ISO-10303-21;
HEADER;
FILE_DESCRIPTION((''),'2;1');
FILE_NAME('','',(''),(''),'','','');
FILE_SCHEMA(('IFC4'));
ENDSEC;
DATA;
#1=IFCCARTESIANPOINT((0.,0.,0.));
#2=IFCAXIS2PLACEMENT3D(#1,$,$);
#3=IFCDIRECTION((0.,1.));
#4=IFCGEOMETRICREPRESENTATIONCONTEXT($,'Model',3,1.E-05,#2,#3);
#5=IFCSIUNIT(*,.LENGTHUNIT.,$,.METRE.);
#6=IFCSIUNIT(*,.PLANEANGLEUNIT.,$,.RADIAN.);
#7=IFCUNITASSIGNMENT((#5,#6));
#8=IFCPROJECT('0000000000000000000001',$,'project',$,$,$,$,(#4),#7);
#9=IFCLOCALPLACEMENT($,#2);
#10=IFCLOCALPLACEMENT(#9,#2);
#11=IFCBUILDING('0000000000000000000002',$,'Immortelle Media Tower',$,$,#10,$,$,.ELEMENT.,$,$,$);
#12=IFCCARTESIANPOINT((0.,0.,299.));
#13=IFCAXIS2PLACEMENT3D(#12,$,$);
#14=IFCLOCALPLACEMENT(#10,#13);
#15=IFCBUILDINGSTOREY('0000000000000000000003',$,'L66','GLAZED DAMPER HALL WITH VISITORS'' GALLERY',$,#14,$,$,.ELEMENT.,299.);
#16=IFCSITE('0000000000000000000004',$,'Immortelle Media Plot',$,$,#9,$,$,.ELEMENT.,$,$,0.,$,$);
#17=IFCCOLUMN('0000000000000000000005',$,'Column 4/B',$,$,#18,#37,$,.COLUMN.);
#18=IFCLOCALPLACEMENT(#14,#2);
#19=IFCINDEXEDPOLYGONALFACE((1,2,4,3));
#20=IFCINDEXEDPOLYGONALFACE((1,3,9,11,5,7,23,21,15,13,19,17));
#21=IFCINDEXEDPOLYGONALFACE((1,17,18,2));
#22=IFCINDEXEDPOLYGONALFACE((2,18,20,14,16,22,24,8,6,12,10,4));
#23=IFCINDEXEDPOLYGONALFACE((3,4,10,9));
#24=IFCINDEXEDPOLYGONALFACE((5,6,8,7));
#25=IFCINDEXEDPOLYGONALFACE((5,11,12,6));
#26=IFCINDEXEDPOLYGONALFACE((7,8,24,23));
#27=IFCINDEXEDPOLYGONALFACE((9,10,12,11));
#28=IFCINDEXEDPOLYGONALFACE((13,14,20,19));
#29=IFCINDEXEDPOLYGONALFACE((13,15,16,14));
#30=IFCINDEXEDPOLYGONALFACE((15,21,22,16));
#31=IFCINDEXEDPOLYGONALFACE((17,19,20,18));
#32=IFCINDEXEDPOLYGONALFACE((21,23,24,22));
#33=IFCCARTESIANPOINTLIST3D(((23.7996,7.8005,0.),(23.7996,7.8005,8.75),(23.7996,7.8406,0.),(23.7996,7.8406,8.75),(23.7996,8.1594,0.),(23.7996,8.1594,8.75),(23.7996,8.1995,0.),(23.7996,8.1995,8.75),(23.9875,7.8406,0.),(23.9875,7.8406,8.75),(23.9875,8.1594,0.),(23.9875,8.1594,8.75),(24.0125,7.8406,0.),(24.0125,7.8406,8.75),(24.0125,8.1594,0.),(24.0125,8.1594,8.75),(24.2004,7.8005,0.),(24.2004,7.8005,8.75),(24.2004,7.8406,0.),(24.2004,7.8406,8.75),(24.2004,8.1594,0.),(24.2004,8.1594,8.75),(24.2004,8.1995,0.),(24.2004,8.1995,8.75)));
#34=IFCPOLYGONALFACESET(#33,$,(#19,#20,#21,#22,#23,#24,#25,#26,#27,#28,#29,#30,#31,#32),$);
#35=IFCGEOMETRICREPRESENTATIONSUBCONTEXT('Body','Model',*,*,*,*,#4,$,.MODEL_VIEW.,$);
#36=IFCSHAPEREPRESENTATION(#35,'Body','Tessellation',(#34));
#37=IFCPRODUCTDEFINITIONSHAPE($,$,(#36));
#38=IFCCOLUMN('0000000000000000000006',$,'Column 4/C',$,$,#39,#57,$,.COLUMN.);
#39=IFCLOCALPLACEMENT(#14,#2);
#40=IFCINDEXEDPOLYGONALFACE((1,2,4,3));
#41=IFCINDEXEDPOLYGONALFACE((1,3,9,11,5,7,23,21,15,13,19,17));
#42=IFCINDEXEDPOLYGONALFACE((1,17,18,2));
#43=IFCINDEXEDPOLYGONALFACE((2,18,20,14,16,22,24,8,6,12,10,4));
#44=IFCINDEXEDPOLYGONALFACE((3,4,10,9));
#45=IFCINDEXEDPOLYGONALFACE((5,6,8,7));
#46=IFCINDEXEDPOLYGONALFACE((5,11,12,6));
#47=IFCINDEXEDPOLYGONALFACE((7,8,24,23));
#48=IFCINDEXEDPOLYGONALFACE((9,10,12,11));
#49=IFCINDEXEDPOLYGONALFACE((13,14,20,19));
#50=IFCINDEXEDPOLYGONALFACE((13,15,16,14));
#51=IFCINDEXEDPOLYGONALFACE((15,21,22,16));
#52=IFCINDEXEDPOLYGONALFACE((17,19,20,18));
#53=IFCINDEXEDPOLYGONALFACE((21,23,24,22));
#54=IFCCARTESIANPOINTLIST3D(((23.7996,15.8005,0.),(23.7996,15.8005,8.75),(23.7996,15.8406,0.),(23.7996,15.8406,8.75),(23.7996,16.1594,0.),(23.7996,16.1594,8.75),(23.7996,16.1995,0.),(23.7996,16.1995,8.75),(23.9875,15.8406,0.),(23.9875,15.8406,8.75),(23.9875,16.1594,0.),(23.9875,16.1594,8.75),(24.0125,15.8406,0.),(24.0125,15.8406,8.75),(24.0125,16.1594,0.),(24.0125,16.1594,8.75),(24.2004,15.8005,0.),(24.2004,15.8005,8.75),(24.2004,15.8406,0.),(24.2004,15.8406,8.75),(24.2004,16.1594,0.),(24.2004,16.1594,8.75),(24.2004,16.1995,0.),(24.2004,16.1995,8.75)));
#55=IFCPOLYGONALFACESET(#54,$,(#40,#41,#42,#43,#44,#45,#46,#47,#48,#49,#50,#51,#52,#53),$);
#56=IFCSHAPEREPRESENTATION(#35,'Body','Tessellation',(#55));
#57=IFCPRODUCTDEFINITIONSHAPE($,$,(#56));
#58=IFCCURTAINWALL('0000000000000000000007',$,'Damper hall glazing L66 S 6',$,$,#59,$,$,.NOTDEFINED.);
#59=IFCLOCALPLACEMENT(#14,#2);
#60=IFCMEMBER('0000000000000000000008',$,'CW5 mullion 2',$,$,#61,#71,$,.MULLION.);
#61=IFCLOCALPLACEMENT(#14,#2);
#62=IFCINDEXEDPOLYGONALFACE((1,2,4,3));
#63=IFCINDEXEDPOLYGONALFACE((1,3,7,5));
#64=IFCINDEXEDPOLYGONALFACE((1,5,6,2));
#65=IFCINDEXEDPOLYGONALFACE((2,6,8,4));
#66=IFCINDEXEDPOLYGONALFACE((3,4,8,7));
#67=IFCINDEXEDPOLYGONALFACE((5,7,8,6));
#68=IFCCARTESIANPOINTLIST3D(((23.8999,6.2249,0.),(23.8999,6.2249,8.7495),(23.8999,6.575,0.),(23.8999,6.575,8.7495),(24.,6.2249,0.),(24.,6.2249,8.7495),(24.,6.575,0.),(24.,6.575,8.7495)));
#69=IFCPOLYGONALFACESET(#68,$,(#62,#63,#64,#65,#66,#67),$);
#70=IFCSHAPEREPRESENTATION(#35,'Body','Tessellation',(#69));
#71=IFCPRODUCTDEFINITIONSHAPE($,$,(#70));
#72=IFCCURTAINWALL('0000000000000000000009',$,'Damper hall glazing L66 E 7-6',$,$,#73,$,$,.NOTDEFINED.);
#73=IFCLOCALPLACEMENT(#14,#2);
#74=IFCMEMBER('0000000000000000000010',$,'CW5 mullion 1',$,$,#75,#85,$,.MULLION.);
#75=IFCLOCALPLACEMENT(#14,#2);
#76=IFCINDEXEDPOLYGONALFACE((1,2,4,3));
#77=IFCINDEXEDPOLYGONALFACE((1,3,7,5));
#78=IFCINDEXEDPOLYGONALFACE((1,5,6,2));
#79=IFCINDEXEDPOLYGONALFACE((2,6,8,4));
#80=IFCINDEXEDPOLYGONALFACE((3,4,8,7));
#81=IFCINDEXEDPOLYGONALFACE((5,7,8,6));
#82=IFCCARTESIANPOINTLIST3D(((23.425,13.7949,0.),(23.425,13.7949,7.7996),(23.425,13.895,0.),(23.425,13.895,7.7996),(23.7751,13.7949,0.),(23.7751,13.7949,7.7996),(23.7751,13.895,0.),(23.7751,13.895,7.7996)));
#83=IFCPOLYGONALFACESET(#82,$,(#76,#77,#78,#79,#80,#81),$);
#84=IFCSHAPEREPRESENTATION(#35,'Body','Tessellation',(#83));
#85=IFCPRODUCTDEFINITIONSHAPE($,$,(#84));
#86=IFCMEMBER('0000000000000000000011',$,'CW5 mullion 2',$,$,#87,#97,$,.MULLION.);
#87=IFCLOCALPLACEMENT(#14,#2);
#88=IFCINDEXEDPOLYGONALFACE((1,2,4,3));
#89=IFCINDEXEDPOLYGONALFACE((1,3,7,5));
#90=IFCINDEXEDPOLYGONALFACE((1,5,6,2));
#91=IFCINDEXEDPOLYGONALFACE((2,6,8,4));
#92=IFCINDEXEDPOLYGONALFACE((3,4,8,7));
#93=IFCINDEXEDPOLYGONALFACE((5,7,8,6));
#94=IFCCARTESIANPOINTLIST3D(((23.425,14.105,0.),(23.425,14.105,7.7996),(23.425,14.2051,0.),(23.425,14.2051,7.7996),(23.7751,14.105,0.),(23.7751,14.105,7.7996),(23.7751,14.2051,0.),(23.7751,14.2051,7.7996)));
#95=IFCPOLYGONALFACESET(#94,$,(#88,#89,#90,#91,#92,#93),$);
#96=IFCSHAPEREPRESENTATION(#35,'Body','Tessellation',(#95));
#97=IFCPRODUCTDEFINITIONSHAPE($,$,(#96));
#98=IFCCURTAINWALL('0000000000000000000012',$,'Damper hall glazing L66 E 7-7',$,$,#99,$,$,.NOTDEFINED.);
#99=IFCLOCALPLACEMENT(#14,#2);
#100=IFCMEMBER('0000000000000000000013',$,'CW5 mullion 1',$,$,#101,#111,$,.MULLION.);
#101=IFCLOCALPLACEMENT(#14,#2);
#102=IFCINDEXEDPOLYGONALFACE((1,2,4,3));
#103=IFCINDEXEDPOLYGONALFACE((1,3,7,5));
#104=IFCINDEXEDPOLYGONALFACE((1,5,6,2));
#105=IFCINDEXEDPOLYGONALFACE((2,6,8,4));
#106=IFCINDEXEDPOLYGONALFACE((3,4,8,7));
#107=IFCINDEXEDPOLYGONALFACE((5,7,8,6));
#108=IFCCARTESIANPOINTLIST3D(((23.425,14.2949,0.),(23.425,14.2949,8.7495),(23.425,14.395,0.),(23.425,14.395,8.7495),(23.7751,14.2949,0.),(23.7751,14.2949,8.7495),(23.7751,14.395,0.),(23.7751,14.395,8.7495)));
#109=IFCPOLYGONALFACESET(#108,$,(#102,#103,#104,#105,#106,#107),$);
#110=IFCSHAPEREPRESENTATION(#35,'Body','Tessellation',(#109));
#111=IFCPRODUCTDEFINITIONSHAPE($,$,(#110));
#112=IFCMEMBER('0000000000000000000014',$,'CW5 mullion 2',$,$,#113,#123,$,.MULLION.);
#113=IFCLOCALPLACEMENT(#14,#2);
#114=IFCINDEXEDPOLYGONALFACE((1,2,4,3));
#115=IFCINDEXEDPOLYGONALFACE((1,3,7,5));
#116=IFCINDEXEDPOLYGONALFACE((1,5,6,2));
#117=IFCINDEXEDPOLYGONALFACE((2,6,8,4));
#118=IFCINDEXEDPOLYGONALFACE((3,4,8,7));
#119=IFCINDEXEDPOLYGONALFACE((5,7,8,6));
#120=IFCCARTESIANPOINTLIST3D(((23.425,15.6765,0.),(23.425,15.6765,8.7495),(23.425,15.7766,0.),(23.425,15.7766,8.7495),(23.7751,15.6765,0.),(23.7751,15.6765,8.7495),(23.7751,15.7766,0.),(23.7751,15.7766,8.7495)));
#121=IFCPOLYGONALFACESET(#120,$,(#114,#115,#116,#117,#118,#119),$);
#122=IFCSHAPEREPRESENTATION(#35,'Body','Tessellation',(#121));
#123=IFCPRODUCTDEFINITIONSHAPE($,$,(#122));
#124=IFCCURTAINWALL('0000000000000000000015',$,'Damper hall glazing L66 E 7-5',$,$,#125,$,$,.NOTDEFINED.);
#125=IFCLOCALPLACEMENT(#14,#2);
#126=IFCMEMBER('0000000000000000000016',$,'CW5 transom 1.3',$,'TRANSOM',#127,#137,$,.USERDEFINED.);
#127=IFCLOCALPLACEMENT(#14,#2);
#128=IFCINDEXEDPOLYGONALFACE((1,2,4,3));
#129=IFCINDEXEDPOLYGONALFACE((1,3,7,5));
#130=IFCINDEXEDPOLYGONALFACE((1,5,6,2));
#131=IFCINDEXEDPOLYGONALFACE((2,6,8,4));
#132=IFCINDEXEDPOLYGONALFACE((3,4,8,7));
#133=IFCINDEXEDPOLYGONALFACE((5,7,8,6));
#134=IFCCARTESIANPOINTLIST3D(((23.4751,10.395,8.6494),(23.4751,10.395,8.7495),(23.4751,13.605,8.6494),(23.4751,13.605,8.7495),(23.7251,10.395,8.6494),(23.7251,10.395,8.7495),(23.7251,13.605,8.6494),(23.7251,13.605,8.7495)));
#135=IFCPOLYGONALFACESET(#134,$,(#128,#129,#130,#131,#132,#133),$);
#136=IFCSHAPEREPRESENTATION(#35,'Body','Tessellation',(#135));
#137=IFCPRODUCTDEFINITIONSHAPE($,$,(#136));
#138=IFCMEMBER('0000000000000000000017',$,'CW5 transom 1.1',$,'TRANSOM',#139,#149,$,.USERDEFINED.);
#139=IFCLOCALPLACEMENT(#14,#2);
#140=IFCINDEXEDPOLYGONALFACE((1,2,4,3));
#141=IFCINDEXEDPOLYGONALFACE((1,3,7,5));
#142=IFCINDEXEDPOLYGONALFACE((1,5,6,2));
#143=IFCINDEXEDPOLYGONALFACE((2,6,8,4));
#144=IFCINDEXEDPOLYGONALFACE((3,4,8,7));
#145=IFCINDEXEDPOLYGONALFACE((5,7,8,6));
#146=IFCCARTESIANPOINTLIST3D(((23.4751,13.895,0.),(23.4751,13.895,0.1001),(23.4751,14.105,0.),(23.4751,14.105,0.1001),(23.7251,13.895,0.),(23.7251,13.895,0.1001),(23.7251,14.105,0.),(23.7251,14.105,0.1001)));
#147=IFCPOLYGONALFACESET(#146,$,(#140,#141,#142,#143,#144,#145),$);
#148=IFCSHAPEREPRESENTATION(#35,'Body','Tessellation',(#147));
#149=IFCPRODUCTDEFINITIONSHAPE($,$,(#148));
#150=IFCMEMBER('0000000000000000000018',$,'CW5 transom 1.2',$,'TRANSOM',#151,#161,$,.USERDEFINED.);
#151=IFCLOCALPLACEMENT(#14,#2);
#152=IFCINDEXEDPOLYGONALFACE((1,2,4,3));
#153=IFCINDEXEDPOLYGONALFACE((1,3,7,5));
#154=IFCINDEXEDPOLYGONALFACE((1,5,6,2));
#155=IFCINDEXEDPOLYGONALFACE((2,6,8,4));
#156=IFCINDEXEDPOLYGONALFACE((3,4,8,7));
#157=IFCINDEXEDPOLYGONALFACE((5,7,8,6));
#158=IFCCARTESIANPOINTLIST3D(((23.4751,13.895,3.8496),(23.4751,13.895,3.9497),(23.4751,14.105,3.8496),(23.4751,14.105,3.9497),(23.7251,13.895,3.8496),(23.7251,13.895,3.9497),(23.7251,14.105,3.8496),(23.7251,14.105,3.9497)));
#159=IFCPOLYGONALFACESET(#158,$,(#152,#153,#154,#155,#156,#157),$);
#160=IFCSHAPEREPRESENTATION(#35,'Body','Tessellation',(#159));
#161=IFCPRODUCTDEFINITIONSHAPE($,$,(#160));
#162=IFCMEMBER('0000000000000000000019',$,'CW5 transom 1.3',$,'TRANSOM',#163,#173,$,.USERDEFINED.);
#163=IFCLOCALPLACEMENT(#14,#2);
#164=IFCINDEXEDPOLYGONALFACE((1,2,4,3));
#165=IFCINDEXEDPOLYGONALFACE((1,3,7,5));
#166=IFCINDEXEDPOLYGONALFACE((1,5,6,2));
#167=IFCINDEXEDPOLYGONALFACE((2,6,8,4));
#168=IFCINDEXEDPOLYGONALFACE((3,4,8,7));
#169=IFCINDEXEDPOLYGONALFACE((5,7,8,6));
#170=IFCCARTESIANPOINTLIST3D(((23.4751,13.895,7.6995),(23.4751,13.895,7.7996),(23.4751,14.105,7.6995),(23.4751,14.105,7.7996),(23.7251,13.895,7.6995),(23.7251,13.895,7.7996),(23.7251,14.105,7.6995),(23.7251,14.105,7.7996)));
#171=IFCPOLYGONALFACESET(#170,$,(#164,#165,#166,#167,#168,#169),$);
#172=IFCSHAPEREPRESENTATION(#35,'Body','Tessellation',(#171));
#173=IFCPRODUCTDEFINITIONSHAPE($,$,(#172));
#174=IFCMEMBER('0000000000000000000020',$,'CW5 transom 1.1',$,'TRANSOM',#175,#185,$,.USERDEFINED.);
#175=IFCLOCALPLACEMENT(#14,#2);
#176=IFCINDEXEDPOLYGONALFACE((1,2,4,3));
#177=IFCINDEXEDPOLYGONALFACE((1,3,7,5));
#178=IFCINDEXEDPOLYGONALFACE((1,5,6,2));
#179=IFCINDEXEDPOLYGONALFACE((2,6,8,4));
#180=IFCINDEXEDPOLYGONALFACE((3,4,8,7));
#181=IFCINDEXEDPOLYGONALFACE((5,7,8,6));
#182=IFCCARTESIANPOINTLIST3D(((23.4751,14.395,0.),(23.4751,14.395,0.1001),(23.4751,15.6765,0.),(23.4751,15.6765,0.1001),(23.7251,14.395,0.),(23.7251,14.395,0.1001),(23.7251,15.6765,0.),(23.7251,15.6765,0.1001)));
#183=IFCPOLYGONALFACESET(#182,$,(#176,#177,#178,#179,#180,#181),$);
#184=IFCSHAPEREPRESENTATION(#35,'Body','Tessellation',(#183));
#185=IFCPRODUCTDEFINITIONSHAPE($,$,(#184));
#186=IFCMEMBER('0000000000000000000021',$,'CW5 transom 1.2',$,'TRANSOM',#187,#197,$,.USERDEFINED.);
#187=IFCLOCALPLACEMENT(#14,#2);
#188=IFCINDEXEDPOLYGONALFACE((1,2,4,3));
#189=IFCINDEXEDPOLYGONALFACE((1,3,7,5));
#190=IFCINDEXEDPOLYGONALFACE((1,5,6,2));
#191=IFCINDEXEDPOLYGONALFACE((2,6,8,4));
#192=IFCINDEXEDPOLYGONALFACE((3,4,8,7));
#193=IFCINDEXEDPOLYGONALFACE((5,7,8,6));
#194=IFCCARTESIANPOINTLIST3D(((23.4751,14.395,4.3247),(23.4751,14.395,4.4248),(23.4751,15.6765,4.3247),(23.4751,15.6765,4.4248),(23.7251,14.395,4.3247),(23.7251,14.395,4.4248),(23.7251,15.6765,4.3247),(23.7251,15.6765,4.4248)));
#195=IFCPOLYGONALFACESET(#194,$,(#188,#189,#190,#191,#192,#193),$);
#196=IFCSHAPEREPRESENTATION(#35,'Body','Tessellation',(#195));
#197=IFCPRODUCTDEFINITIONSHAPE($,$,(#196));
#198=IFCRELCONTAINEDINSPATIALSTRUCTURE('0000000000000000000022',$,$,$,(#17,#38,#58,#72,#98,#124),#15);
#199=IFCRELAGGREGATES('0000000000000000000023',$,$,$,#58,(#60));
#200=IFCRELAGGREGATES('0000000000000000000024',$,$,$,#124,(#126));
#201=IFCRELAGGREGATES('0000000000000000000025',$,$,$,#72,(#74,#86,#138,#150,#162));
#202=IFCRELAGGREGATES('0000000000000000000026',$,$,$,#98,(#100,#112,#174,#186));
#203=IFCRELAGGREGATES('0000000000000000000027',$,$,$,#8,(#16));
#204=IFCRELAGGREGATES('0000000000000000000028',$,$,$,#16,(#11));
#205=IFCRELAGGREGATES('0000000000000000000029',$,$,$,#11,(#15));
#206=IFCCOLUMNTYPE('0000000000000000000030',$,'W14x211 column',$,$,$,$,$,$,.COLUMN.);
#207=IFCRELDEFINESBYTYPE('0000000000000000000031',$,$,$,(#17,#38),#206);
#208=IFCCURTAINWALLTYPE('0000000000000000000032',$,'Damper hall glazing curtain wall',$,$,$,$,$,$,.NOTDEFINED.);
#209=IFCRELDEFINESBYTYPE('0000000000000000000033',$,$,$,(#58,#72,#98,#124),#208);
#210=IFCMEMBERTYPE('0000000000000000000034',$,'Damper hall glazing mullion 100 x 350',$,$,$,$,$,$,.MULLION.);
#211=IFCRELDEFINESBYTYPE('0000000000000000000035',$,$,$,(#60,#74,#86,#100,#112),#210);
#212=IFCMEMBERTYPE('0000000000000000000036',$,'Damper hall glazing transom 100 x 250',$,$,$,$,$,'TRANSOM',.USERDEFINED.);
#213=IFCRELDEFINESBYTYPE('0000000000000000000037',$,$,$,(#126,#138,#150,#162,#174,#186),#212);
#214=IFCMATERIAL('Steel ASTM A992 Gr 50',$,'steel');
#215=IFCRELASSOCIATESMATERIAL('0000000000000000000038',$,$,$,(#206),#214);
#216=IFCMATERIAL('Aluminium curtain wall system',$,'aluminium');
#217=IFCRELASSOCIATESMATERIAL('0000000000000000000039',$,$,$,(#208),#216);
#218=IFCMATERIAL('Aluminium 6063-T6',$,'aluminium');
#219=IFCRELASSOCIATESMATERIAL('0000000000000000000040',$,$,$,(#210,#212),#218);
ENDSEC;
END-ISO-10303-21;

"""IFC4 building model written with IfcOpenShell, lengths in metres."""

from ifc_helpers import new_model, si_unit, direction, frame, origin, origin_2d, place, context, subcontext, project, spatial, rectangle, i_section, extrude, material, material_profile, profile_set, type_object, element, aggregate, save


model = new_model("IFC4")

# Units and contexts
model_context = context("Model", 3, precision=1e-05, world=origin(), true_north=direction((0.0, 1.0)))
body_context = subcontext(model_context, "Body", "Model", "MODEL_VIEW")
ifc_project = project(units=[si_unit("LENGTHUNIT", "METRE"), si_unit("PLANEANGLEUNIT", "RADIAN")], contexts=[model_context])

# Site, building, storey
site_placement = place(None, origin())
site = spatial("IfcSite", under=ifc_project, at=site_placement, Name="Immortelle Media Plot", CompositionType="ELEMENT", RefElevation=0.0)
building_placement = place(site_placement, origin())
building = spatial("IfcBuilding", under=site, at=building_placement, Name="Immortelle Media Tower", CompositionType="ELEMENT")
storey_placement = place(building_placement, frame((0.0, 0.0, 299.0)))
storey = spatial("IfcBuildingStorey", under=building, at=storey_placement, Name="L66", Description="GLAZED DAMPER HALL WITH VISITORS' GALLERY", CompositionType="ELEMENT", Elevation=299.0)

# Columns
ifc_material_1 = material(Name="Steel ASTM A992 Gr 50", Category="steel")
ifc_material_profile_1 = material_profile(ifc_material_1, i_section(OverallWidth=0.4009, OverallDepth=0.3989, WebThickness=0.0249, FlangeThickness=0.04, at=origin_2d()), Name="W14x211")
ifc_profile_set_1 = profile_set([ifc_material_profile_1], Name="Steel ASTM A992 Gr 50")
column_type = type_object("IfcColumnType", Name="W14x211 column", PredefinedType="COLUMN", material=ifc_profile_set_1)
for number, where, z_axis, x_axis, name in (
    (1, (24.0, 8.0, 0.0), (0.0, 0.0, 1.0), (1.0, 0.0, 0.0), "Column 4/B"),
    (2, (24.0, 16.0, 0.0), (0.0, 0.0, 1.0), (1.0, 0.0, 0.0), "Column 4/C"),
):
    element("IfcColumn", number, at=place(storey_placement, frame(where, z_axis=z_axis, x_axis=x_axis)), inside=storey, type_object=column_type, Name=name, PredefinedType="COLUMN", context=body_context, shape_type="SweptSolid", body=[
        extrude(i_section(OverallWidth=0.4009, OverallDepth=0.3989, WebThickness=0.0249, FlangeThickness=0.04, at=origin_2d()), origin(), (0.0, 0.0, 1.0), 8.75),
    ])

# Curtain wall, member
ifc_material_2 = material(Name="Aluminium curtain wall system", Category="aluminium")
curtain_wall_type = type_object("IfcCurtainWallType", Name="Damper hall glazing curtain wall", PredefinedType="NOTDEFINED", material=ifc_material_2)
curtain_wall_1_placement = place(storey_placement, origin())
curtain_wall_1 = element("IfcCurtainWall", 3, at=curtain_wall_1_placement, inside=storey, type_object=curtain_wall_type, Name="Damper hall glazing L66 S 6", PredefinedType="NOTDEFINED")
ifc_material_3 = material(Name="Aluminium 6063-T6", Category="aluminium")
ifc_material_profile_2 = material_profile(ifc_material_3, rectangle(XDim=0.3501, YDim=0.1001, at=origin_2d()), Name="AL 100x350")
ifc_profile_set_2 = profile_set([ifc_material_profile_2], Name="Aluminium 6063-T6")
member_type_1 = type_object("IfcMemberType", Name="Damper hall glazing mullion 100 x 350", PredefinedType="MULLION", material=ifc_profile_set_2)
member_1_placement = place(storey_placement, frame((23.95, 6.3999, 0.0), z_axis=(0.0, 0.0, 1.0), x_axis=(0.0, 1.0, 0.0)))
member_1 = element("IfcMember", 4, at=member_1_placement, type_object=member_type_1, Name="CW5 mullion 2", PredefinedType="MULLION", context=body_context, shape_type="SweptSolid", body=[
    extrude(rectangle(XDim=0.3501, YDim=0.1001, at=origin_2d()), origin(), (0.0, 0.0, 1.0), 8.7495),
])
aggregate(curtain_wall_1, [member_1])

# Curtain walls, members
curtain_wall_2_placement = place(storey_placement, origin())
curtain_wall_2 = element("IfcCurtainWall", 5, at=curtain_wall_2_placement, inside=storey, type_object=curtain_wall_type, Name="Damper hall glazing L66 E 7-6", PredefinedType="NOTDEFINED")
member_2_placement = place(storey_placement, frame((23.6001, 13.845, 0.0), z_axis=(0.0, 0.0, 1.0), x_axis=(-1.0, 0.0, 0.0)))
member_2 = element("IfcMember", 6, at=member_2_placement, type_object=member_type_1, Name="CW5 mullion 1", PredefinedType="MULLION", context=body_context, shape_type="SweptSolid", body=[
    extrude(rectangle(XDim=0.3501, YDim=0.1001, at=origin_2d()), origin(), (0.0, 0.0, 1.0), 7.7996),
])
member_3_placement = place(storey_placement, frame((23.6001, 14.155, 0.0), z_axis=(0.0, 0.0, 1.0), x_axis=(-1.0, 0.0, 0.0)))
member_3 = element("IfcMember", 7, at=member_3_placement, type_object=member_type_1, Name="CW5 mullion 2", PredefinedType="MULLION", context=body_context, shape_type="SweptSolid", body=[
    extrude(rectangle(XDim=0.3501, YDim=0.1001, at=origin_2d()), origin(), (0.0, 0.0, 1.0), 7.7996),
])
curtain_wall_3_placement = place(storey_placement, origin())
curtain_wall_3 = element("IfcCurtainWall", 8, at=curtain_wall_3_placement, inside=storey, type_object=curtain_wall_type, Name="Damper hall glazing L66 E 7-7", PredefinedType="NOTDEFINED")
member_4_placement = place(storey_placement, frame((23.6001, 14.345, 0.0), z_axis=(0.0, 0.0, 1.0), x_axis=(-1.0, 0.0, 0.0)))
member_4 = element("IfcMember", 9, at=member_4_placement, type_object=member_type_1, Name="CW5 mullion 1", PredefinedType="MULLION", context=body_context, shape_type="SweptSolid", body=[
    extrude(rectangle(XDim=0.3501, YDim=0.1001, at=origin_2d()), origin(), (0.0, 0.0, 1.0), 8.7495),
])
member_5_placement = place(storey_placement, frame((23.6001, 15.7266, 0.0), z_axis=(0.0, 0.0, 1.0), x_axis=(-1.0, 0.0, 0.0)))
member_5 = element("IfcMember", 10, at=member_5_placement, type_object=member_type_1, Name="CW5 mullion 2", PredefinedType="MULLION", context=body_context, shape_type="SweptSolid", body=[
    extrude(rectangle(XDim=0.3501, YDim=0.1001, at=origin_2d()), origin(), (0.0, 0.0, 1.0), 8.7495),
])

# Curtain wall, member
curtain_wall_4_placement = place(storey_placement, origin())
curtain_wall_4 = element("IfcCurtainWall", 11, at=curtain_wall_4_placement, inside=storey, type_object=curtain_wall_type, Name="Damper hall glazing L66 E 7-5", PredefinedType="NOTDEFINED")
ifc_material_profile_3 = material_profile(ifc_material_3, rectangle(XDim=0.25, YDim=0.1001, at=origin_2d()), Name="AL 100x250")
ifc_profile_set_3 = profile_set([ifc_material_profile_3], Name="Aluminium 6063-T6")
member_type_2 = type_object("IfcMemberType", Name="Damper hall glazing transom 100 x 250", ElementType="TRANSOM", PredefinedType="USERDEFINED", material=ifc_profile_set_3)
member_6_placement = place(storey_placement, frame((23.6001, 10.395, 8.6995), z_axis=(0.0, 1.0, 0.0), x_axis=(-1.0, 0.0, 0.0)))
member_6 = element("IfcMember", 12, at=member_6_placement, type_object=member_type_2, Name="CW5 transom 1.3", ObjectType="TRANSOM", PredefinedType="USERDEFINED", context=body_context, shape_type="SweptSolid", body=[
    extrude(rectangle(XDim=0.25, YDim=0.1001, at=origin_2d()), origin(), (0.0, 0.0, 1.0), 3.21),
])

# Members
member_7_placement = place(storey_placement, frame((23.6001, 13.895, 0.05), z_axis=(0.0, 1.0, 0.0), x_axis=(-1.0, 0.0, 0.0)))
member_7 = element("IfcMember", 13, at=member_7_placement, type_object=member_type_2, Name="CW5 transom 1.1", ObjectType="TRANSOM", PredefinedType="USERDEFINED", context=body_context, shape_type="SweptSolid", body=[
    extrude(rectangle(XDim=0.25, YDim=0.1001, at=origin_2d()), origin(), (0.0, 0.0, 1.0), 0.21),
])
member_8_placement = place(storey_placement, frame((23.6001, 13.895, 3.8997), z_axis=(0.0, 1.0, 0.0), x_axis=(-1.0, 0.0, 0.0)))
member_8 = element("IfcMember", 14, at=member_8_placement, type_object=member_type_2, Name="CW5 transom 1.2", ObjectType="TRANSOM", PredefinedType="USERDEFINED", context=body_context, shape_type="SweptSolid", body=[
    extrude(rectangle(XDim=0.25, YDim=0.1001, at=origin_2d()), origin(), (0.0, 0.0, 1.0), 0.21),
])
member_9_placement = place(storey_placement, frame((23.6001, 13.895, 7.7495), z_axis=(0.0, 1.0, 0.0), x_axis=(-1.0, 0.0, 0.0)))
member_9 = element("IfcMember", 15, at=member_9_placement, type_object=member_type_2, Name="CW5 transom 1.3", ObjectType="TRANSOM", PredefinedType="USERDEFINED", context=body_context, shape_type="SweptSolid", body=[
    extrude(rectangle(XDim=0.25, YDim=0.1001, at=origin_2d()), origin(), (0.0, 0.0, 1.0), 0.21),
])
member_10_placement = place(storey_placement, frame((23.6001, 14.395, 0.05), z_axis=(0.0, 1.0, 0.0), x_axis=(-1.0, 0.0, 0.0)))
member_10 = element("IfcMember", 16, at=member_10_placement, type_object=member_type_2, Name="CW5 transom 1.1", ObjectType="TRANSOM", PredefinedType="USERDEFINED", context=body_context, shape_type="SweptSolid", body=[
    extrude(rectangle(XDim=0.25, YDim=0.1001, at=origin_2d()), origin(), (0.0, 0.0, 1.0), 1.2815),
])
member_11_placement = place(storey_placement, frame((23.6001, 14.395, 4.3748), z_axis=(0.0, 1.0, 0.0), x_axis=(-1.0, 0.0, 0.0)))
member_11 = element("IfcMember", 17, at=member_11_placement, type_object=member_type_2, Name="CW5 transom 1.2", ObjectType="TRANSOM", PredefinedType="USERDEFINED", context=body_context, shape_type="SweptSolid", body=[
    extrude(rectangle(XDim=0.25, YDim=0.1001, at=origin_2d()), origin(), (0.0, 0.0, 1.0), 1.2815),
])

aggregate(curtain_wall_4, [member_6])
aggregate(curtain_wall_2, [member_2, member_3, member_7, member_8, member_9])
aggregate(curtain_wall_3, [member_4, member_5, member_10, member_11])

save(model, "model.ifc")
